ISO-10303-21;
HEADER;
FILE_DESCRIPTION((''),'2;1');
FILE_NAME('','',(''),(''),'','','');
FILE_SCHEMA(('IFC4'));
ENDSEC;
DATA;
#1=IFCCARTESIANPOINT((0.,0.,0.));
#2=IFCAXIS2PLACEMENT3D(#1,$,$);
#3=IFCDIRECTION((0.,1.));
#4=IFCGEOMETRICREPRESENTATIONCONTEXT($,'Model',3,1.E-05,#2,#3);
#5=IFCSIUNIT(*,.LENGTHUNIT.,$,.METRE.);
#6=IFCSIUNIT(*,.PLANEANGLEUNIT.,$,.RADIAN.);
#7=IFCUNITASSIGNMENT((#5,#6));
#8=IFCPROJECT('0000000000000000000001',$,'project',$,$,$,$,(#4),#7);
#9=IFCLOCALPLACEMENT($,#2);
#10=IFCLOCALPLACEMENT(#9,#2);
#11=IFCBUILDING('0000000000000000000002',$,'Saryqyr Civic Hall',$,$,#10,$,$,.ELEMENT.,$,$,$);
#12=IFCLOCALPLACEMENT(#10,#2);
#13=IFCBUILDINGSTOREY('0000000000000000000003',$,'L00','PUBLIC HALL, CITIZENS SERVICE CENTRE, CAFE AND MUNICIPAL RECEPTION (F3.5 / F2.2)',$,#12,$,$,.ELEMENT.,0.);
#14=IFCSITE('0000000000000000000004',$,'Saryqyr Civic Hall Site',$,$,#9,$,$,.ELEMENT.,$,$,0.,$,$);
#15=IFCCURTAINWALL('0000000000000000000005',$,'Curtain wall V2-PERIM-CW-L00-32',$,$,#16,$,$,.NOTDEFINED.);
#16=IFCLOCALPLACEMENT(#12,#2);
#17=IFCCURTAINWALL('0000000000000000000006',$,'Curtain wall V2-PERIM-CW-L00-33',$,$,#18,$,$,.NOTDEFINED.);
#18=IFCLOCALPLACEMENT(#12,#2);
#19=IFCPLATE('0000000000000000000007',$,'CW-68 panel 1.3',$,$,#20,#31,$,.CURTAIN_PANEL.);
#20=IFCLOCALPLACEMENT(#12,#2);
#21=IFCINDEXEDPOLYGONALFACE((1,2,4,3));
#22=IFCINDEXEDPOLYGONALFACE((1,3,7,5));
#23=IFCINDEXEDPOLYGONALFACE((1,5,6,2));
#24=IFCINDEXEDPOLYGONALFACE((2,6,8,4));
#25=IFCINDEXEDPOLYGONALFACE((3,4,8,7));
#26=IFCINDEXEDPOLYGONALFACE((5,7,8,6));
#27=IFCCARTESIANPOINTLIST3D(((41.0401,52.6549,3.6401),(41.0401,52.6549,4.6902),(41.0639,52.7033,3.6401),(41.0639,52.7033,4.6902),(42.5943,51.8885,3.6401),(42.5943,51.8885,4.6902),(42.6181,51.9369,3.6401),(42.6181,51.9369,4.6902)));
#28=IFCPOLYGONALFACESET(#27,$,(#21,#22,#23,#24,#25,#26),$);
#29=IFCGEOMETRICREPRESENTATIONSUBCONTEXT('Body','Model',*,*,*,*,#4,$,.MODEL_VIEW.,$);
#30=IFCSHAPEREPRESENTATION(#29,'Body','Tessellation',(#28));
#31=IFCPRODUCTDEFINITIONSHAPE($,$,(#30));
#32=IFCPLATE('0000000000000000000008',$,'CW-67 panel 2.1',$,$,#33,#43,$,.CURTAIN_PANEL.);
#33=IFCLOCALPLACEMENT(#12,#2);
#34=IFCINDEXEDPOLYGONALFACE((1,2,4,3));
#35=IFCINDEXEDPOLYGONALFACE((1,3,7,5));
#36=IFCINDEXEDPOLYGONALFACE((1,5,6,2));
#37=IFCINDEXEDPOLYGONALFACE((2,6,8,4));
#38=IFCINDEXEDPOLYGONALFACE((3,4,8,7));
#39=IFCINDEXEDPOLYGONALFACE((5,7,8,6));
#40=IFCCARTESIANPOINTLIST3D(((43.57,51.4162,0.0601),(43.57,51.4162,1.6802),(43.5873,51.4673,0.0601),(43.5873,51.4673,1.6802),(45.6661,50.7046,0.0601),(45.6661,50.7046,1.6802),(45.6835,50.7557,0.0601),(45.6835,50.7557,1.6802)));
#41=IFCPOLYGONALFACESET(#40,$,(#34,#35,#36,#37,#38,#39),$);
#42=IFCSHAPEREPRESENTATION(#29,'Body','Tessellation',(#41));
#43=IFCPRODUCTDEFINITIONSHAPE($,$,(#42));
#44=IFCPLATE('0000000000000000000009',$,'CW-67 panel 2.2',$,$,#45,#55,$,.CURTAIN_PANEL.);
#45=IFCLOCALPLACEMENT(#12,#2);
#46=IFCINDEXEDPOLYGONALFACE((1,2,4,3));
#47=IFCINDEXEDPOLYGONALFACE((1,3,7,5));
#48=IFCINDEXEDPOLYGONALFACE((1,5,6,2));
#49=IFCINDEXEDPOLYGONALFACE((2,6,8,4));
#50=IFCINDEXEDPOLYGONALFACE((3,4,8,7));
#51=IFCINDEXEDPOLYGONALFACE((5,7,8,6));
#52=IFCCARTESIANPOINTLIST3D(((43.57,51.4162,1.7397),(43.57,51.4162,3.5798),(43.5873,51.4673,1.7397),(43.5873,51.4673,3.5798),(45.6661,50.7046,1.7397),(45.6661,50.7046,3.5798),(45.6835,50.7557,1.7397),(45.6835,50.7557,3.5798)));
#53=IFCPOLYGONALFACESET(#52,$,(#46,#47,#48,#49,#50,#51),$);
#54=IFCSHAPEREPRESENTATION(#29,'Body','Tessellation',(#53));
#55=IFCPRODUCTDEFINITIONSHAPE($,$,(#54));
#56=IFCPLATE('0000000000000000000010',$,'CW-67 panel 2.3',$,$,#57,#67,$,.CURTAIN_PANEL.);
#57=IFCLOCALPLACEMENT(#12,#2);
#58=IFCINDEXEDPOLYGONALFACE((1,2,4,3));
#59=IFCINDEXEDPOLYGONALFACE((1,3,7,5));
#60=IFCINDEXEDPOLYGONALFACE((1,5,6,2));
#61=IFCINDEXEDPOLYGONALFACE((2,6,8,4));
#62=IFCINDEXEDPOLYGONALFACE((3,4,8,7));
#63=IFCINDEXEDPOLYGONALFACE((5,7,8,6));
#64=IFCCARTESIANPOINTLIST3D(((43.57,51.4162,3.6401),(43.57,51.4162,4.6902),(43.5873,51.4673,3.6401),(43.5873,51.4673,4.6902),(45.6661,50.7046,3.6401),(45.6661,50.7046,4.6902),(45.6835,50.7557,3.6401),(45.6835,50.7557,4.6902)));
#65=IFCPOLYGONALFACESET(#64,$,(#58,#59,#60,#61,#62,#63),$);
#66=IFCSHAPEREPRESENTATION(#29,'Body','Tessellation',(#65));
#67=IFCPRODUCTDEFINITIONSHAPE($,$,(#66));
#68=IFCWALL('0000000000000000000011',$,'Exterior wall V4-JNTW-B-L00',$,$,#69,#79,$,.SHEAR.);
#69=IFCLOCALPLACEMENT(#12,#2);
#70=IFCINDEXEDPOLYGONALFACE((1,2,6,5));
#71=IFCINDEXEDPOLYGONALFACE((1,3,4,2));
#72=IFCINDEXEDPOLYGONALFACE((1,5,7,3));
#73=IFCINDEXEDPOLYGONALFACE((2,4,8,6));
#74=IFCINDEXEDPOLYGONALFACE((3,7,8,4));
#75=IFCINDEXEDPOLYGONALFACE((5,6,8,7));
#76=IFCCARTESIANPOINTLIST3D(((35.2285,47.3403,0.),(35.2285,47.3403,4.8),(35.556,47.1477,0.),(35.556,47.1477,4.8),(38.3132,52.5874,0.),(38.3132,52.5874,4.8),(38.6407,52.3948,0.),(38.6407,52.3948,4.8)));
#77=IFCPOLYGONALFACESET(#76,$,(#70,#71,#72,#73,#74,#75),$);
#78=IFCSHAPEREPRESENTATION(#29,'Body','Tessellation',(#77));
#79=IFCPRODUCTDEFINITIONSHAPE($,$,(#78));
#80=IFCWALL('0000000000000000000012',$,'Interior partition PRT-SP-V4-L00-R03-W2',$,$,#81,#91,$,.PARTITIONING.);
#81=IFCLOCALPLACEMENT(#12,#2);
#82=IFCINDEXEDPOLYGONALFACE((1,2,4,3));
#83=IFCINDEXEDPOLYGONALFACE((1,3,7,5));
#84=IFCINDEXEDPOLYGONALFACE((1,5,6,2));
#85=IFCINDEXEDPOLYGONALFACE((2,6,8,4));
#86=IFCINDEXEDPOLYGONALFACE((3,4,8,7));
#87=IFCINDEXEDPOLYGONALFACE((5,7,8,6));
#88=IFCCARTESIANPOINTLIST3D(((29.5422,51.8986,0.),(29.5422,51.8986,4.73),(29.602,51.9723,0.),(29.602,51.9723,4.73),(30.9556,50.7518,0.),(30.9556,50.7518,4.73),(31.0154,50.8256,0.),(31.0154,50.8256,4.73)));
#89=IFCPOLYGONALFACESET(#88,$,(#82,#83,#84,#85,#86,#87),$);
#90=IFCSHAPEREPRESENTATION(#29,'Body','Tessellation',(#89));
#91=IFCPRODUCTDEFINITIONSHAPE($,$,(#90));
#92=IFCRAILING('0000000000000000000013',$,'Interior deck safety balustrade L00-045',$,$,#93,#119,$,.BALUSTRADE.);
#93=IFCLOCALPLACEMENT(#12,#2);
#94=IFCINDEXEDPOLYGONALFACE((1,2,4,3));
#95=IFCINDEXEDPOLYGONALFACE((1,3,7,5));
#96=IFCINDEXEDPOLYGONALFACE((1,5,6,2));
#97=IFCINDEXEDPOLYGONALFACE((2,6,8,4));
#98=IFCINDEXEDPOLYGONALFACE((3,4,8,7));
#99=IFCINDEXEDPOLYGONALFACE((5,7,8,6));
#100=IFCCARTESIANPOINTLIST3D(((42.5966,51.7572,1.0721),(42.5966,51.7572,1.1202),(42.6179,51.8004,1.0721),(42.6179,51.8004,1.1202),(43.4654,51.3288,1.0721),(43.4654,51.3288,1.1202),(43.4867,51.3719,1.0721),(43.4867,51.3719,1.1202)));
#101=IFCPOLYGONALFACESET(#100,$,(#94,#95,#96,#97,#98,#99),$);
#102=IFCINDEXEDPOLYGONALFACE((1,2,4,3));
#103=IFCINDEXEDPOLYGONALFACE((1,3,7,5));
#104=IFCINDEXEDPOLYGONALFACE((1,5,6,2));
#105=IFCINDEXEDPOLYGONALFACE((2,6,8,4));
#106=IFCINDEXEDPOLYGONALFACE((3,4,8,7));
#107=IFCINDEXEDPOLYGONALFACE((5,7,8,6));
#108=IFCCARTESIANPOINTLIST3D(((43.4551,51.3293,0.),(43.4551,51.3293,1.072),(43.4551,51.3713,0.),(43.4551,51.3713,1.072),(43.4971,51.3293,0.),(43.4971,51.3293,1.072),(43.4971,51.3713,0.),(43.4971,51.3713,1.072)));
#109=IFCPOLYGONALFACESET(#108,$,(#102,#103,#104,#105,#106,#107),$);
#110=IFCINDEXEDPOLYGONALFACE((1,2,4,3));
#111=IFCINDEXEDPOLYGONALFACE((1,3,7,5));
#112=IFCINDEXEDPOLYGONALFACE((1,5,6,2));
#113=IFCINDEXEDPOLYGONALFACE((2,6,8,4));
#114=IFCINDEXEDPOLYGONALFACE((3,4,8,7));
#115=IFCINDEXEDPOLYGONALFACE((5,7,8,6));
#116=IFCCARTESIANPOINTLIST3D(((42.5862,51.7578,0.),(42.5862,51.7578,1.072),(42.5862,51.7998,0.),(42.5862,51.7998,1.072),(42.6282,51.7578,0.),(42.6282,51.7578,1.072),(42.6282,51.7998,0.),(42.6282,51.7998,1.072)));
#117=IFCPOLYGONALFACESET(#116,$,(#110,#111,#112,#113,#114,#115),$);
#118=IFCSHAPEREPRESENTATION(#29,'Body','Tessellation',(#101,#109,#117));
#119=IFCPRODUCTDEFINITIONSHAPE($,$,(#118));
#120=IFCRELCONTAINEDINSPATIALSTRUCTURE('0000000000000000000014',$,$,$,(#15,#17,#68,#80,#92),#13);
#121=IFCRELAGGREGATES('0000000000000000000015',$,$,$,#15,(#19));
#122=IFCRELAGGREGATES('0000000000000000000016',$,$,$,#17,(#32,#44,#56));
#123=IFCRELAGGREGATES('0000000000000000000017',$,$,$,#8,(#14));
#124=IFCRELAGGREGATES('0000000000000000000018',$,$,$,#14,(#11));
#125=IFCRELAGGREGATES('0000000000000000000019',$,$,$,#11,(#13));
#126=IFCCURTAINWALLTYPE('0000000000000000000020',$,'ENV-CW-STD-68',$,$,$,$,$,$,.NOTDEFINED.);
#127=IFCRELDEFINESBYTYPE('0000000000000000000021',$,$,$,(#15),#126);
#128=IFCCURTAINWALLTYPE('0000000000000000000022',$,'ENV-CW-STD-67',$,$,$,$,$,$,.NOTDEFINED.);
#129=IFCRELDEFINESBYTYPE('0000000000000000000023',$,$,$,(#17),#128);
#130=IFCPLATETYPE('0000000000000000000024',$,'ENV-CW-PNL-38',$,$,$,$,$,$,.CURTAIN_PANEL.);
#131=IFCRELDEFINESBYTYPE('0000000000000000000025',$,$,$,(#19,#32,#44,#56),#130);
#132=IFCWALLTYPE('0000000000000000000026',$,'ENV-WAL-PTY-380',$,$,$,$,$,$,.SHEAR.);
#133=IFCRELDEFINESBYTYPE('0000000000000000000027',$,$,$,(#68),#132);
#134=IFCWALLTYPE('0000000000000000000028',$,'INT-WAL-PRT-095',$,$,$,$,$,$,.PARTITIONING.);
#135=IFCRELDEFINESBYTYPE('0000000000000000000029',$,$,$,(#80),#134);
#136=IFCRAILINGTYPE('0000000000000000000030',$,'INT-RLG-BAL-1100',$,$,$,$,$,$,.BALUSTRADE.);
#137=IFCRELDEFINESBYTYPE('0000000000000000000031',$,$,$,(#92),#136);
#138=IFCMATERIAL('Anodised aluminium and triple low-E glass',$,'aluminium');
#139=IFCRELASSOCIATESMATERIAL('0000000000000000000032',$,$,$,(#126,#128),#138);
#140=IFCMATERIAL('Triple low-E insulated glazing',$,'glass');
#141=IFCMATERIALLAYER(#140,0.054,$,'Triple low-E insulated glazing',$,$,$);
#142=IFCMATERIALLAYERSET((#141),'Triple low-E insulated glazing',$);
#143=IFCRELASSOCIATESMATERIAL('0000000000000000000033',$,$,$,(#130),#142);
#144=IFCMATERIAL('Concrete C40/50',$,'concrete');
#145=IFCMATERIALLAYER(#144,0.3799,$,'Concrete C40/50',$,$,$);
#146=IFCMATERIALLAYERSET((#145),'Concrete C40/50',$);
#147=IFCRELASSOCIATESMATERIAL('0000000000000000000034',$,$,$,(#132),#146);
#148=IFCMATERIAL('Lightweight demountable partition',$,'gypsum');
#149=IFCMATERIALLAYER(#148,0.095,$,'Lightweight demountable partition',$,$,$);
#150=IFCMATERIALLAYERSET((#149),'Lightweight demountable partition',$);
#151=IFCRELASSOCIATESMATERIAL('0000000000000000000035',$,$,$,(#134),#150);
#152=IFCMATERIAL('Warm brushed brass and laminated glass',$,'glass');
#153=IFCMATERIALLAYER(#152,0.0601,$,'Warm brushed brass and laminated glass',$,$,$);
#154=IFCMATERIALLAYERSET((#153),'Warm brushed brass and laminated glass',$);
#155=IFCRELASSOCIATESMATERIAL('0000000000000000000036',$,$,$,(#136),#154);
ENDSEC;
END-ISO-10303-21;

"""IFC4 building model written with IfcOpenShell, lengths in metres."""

from ifc_helpers import new_model, si_unit, direction, frame, frame_2d, origin, origin_2d, place, context, subcontext, project, spatial, rectangle, extrude, material, layer, layer_set, type_object, element, aggregate, save


model = new_model("IFC4")

# Units and contexts
model_context = context("Model", 3, precision=1e-05, world=origin(), true_north=direction((0.0, 1.0)))
body_context = subcontext(model_context, "Body", "Model", "MODEL_VIEW")
ifc_project = project(units=[si_unit("LENGTHUNIT", "METRE"), si_unit("PLANEANGLEUNIT", "RADIAN")], contexts=[model_context])

# Site, building, storey
site_placement = place(None, origin())
site = spatial("IfcSite", under=ifc_project, at=site_placement, Name="Saryqyr Civic Hall Site", CompositionType="ELEMENT", RefElevation=0.0)
building_placement = place(site_placement, origin())
building = spatial("IfcBuilding", under=site, at=building_placement, Name="Saryqyr Civic Hall", CompositionType="ELEMENT")
storey_placement = place(building_placement, origin())
storey = spatial("IfcBuildingStorey", under=building, at=storey_placement, Name="L00", Description="PUBLIC HALL, CITIZENS SERVICE CENTRE, CAFE AND MUNICIPAL RECEPTION (F3.5 / F2.2)", CompositionType="ELEMENT", Elevation=0.0)

# Shared definitions
ifc_material_1 = material(Name="Concrete C40/50", Category="concrete")

# Shared definitions
ifc_material_2 = material(Name="Anodised aluminium and triple low-E glass", Category="aluminium")

# Curtain walls
curtain_wall_type_1 = type_object("IfcCurtainWallType", Name="ENV-CW-STD-68", PredefinedType="NOTDEFINED", material=ifc_material_2)
curtain_wall_1_placement = place(storey_placement, origin())
curtain_wall_1 = element("IfcCurtainWall", 1, at=curtain_wall_1_placement, inside=storey, type_object=curtain_wall_type_1, Name="Curtain wall V2-PERIM-CW-L00-32", PredefinedType="NOTDEFINED")
curtain_wall_type_2 = type_object("IfcCurtainWallType", Name="ENV-CW-STD-67", PredefinedType="NOTDEFINED", material=ifc_material_2)
curtain_wall_2_placement = place(storey_placement, origin())
curtain_wall_2 = element("IfcCurtainWall", 2, at=curtain_wall_2_placement, inside=storey, type_object=curtain_wall_type_2, Name="Curtain wall V2-PERIM-CW-L00-33", PredefinedType="NOTDEFINED")

# Shared definitions
ifc_material_3 = material(Name="Triple low-E insulated glazing", Category="glass")
ifc_layer_1 = layer(ifc_material_3, 0.054, Name="Triple low-E insulated glazing")
ifc_layer_set_1 = layer_set([ifc_layer_1], Name="Triple low-E insulated glazing")
plate_type = type_object("IfcPlateType", Name="ENV-CW-PNL-38", PredefinedType="CURTAIN_PANEL", material=ifc_layer_set_1)

# Plates
plate_1_placement = place(storey_placement, frame((41.8291, 52.2959, 3.6401), z_axis=(0.0, 0.0, 1.0), x_axis=(-0.896871, 0.442292, 0.0)))
plate_1 = element("IfcPlate", 3, at=plate_1_placement, type_object=plate_type, Name="CW-68 panel 1.3", PredefinedType="CURTAIN_PANEL", context=body_context, shape_type="SweptSolid", body=[
    extrude(rectangle(XDim=1.7329, YDim=0.054, at=origin_2d()), origin(), (0.0, 0.0, 1.0), 1.05),
])
aggregate(curtain_wall_1, [plate_1])
plate_2_placement = place(storey_placement, frame((44.6267, 51.0859, 0.0601), z_axis=(0.0, 0.0, 1.0), x_axis=(-0.946928, 0.321445, 0.0)))
plate_2 = element("IfcPlate", 4, at=plate_2_placement, type_object=plate_type, Name="CW-67 panel 2.1", PredefinedType="CURTAIN_PANEL", context=body_context, shape_type="SweptSolid", body=[
    extrude(rectangle(XDim=2.2136, YDim=0.054, at=origin_2d()), origin(), (0.0, 0.0, 1.0), 1.6201),
])
plate_3_placement = place(storey_placement, frame((44.6267, 51.0859, 1.7397), z_axis=(0.0, 0.0, 1.0), x_axis=(-0.946928, 0.321445, 0.0)))
plate_3 = element("IfcPlate", 5, at=plate_3_placement, type_object=plate_type, Name="CW-67 panel 2.2", PredefinedType="CURTAIN_PANEL", context=body_context, shape_type="SweptSolid", body=[
    extrude(rectangle(XDim=2.2136, YDim=0.054, at=origin_2d()), origin(), (0.0, 0.0, 1.0), 1.8401),
])
plate_4_placement = place(storey_placement, frame((44.6267, 51.0859, 3.6401), z_axis=(0.0, 0.0, 1.0), x_axis=(-0.946928, 0.321445, 0.0)))
plate_4 = element("IfcPlate", 6, at=plate_4_placement, type_object=plate_type, Name="CW-67 panel 2.3", PredefinedType="CURTAIN_PANEL", context=body_context, shape_type="SweptSolid", body=[
    extrude(rectangle(XDim=2.2136, YDim=0.054, at=origin_2d()), origin(), (0.0, 0.0, 1.0), 1.05),
])
aggregate(curtain_wall_2, [plate_2, plate_3, plate_4])

# Walls
ifc_layer_2 = layer(ifc_material_1, 0.3799, Name="Concrete C40/50")
ifc_layer_set_2 = layer_set([ifc_layer_2], Name="Concrete C40/50")
wall_type_1 = type_object("IfcWallType", Name="ENV-WAL-PTY-380", PredefinedType="SHEAR", material=ifc_layer_set_2)
wall_1_placement = place(storey_placement, frame((38.4771, 52.4912, 0.0), z_axis=(0.0, 0.0, 1.0), x_axis=(-0.506801, -0.862063, 0.0)))
element("IfcWall", 7, at=wall_1_placement, inside=storey, type_object=wall_type_1, Name="Exterior wall V4-JNTW-B-L00", PredefinedType="SHEAR", context=body_context, shape_type="SweptSolid", body=[
    extrude(rectangle(XDim=6.0867, YDim=0.3799, at=frame_2d((3.0435, 0.0))), origin(), (0.0, 0.0, 1.0), 4.8),
])
ifc_material_4 = material(Name="Lightweight demountable partition", Category="gypsum")
ifc_layer_3 = layer(ifc_material_4, 0.095, Name="Lightweight demountable partition")
ifc_layer_set_3 = layer_set([ifc_layer_3], Name="Lightweight demountable partition")
wall_type_2 = type_object("IfcWallType", Name="INT-WAL-PRT-095", PredefinedType="PARTITIONING", material=ifc_layer_set_3)
wall_2_placement = place(storey_placement, frame((29.572, 51.9355, 0.0), z_axis=(0.0, 0.0, 1.0), x_axis=(0.776545, -0.630062, 0.0)))
element("IfcWall", 8, at=wall_2_placement, inside=storey, type_object=wall_type_2, Name="Interior partition PRT-SP-V4-L00-R03-W2", PredefinedType="PARTITIONING", context=body_context, shape_type="SweptSolid", body=[
    extrude(rectangle(XDim=1.8201, YDim=0.095, at=frame_2d((0.9102, 0.0))), origin(), (0.0, 0.0, 1.0), 4.73),
])

# Railing
ifc_material_5 = material(Name="Warm brushed brass and laminated glass", Category="glass")
ifc_layer_4 = layer(ifc_material_5, 0.0601, Name="Warm brushed brass and laminated glass")
ifc_layer_set_4 = layer_set([ifc_layer_4], Name="Warm brushed brass and laminated glass")
railing_type = type_object("IfcRailingType", Name="INT-RLG-BAL-1100", PredefinedType="BALUSTRADE", material=ifc_layer_set_4)
railing_1_placement = place(storey_placement, frame((43.4761, 51.3503, 0.0)))
element("IfcRailing", 9, at=railing_1_placement, inside=storey, type_object=railing_type, Name="Interior deck safety balustrade L00-045", PredefinedType="BALUSTRADE", context=body_context, shape_type="SweptSolid", body=[
    extrude(rectangle(XDim=0.0481, YDim=0.0481, at=origin_2d()), frame((0.0, 0.0, 1.0962), z_axis=(-0.896883, 0.442267, 0.0), x_axis=(-0.442267, -0.896883, 0.0)), (0.0, 0.0, 1.0), 0.9688),
    extrude(rectangle(XDim=0.042, YDim=0.042, at=origin_2d()), origin(), (0.0, 0.0, 1.0), 1.072),
    extrude(rectangle(XDim=0.042, YDim=0.042, at=origin_2d()), frame((-0.8689, 0.4285, 0.0)), (0.0, 0.0, 1.0), 1.072),
])

save(model, "model.ifc")
